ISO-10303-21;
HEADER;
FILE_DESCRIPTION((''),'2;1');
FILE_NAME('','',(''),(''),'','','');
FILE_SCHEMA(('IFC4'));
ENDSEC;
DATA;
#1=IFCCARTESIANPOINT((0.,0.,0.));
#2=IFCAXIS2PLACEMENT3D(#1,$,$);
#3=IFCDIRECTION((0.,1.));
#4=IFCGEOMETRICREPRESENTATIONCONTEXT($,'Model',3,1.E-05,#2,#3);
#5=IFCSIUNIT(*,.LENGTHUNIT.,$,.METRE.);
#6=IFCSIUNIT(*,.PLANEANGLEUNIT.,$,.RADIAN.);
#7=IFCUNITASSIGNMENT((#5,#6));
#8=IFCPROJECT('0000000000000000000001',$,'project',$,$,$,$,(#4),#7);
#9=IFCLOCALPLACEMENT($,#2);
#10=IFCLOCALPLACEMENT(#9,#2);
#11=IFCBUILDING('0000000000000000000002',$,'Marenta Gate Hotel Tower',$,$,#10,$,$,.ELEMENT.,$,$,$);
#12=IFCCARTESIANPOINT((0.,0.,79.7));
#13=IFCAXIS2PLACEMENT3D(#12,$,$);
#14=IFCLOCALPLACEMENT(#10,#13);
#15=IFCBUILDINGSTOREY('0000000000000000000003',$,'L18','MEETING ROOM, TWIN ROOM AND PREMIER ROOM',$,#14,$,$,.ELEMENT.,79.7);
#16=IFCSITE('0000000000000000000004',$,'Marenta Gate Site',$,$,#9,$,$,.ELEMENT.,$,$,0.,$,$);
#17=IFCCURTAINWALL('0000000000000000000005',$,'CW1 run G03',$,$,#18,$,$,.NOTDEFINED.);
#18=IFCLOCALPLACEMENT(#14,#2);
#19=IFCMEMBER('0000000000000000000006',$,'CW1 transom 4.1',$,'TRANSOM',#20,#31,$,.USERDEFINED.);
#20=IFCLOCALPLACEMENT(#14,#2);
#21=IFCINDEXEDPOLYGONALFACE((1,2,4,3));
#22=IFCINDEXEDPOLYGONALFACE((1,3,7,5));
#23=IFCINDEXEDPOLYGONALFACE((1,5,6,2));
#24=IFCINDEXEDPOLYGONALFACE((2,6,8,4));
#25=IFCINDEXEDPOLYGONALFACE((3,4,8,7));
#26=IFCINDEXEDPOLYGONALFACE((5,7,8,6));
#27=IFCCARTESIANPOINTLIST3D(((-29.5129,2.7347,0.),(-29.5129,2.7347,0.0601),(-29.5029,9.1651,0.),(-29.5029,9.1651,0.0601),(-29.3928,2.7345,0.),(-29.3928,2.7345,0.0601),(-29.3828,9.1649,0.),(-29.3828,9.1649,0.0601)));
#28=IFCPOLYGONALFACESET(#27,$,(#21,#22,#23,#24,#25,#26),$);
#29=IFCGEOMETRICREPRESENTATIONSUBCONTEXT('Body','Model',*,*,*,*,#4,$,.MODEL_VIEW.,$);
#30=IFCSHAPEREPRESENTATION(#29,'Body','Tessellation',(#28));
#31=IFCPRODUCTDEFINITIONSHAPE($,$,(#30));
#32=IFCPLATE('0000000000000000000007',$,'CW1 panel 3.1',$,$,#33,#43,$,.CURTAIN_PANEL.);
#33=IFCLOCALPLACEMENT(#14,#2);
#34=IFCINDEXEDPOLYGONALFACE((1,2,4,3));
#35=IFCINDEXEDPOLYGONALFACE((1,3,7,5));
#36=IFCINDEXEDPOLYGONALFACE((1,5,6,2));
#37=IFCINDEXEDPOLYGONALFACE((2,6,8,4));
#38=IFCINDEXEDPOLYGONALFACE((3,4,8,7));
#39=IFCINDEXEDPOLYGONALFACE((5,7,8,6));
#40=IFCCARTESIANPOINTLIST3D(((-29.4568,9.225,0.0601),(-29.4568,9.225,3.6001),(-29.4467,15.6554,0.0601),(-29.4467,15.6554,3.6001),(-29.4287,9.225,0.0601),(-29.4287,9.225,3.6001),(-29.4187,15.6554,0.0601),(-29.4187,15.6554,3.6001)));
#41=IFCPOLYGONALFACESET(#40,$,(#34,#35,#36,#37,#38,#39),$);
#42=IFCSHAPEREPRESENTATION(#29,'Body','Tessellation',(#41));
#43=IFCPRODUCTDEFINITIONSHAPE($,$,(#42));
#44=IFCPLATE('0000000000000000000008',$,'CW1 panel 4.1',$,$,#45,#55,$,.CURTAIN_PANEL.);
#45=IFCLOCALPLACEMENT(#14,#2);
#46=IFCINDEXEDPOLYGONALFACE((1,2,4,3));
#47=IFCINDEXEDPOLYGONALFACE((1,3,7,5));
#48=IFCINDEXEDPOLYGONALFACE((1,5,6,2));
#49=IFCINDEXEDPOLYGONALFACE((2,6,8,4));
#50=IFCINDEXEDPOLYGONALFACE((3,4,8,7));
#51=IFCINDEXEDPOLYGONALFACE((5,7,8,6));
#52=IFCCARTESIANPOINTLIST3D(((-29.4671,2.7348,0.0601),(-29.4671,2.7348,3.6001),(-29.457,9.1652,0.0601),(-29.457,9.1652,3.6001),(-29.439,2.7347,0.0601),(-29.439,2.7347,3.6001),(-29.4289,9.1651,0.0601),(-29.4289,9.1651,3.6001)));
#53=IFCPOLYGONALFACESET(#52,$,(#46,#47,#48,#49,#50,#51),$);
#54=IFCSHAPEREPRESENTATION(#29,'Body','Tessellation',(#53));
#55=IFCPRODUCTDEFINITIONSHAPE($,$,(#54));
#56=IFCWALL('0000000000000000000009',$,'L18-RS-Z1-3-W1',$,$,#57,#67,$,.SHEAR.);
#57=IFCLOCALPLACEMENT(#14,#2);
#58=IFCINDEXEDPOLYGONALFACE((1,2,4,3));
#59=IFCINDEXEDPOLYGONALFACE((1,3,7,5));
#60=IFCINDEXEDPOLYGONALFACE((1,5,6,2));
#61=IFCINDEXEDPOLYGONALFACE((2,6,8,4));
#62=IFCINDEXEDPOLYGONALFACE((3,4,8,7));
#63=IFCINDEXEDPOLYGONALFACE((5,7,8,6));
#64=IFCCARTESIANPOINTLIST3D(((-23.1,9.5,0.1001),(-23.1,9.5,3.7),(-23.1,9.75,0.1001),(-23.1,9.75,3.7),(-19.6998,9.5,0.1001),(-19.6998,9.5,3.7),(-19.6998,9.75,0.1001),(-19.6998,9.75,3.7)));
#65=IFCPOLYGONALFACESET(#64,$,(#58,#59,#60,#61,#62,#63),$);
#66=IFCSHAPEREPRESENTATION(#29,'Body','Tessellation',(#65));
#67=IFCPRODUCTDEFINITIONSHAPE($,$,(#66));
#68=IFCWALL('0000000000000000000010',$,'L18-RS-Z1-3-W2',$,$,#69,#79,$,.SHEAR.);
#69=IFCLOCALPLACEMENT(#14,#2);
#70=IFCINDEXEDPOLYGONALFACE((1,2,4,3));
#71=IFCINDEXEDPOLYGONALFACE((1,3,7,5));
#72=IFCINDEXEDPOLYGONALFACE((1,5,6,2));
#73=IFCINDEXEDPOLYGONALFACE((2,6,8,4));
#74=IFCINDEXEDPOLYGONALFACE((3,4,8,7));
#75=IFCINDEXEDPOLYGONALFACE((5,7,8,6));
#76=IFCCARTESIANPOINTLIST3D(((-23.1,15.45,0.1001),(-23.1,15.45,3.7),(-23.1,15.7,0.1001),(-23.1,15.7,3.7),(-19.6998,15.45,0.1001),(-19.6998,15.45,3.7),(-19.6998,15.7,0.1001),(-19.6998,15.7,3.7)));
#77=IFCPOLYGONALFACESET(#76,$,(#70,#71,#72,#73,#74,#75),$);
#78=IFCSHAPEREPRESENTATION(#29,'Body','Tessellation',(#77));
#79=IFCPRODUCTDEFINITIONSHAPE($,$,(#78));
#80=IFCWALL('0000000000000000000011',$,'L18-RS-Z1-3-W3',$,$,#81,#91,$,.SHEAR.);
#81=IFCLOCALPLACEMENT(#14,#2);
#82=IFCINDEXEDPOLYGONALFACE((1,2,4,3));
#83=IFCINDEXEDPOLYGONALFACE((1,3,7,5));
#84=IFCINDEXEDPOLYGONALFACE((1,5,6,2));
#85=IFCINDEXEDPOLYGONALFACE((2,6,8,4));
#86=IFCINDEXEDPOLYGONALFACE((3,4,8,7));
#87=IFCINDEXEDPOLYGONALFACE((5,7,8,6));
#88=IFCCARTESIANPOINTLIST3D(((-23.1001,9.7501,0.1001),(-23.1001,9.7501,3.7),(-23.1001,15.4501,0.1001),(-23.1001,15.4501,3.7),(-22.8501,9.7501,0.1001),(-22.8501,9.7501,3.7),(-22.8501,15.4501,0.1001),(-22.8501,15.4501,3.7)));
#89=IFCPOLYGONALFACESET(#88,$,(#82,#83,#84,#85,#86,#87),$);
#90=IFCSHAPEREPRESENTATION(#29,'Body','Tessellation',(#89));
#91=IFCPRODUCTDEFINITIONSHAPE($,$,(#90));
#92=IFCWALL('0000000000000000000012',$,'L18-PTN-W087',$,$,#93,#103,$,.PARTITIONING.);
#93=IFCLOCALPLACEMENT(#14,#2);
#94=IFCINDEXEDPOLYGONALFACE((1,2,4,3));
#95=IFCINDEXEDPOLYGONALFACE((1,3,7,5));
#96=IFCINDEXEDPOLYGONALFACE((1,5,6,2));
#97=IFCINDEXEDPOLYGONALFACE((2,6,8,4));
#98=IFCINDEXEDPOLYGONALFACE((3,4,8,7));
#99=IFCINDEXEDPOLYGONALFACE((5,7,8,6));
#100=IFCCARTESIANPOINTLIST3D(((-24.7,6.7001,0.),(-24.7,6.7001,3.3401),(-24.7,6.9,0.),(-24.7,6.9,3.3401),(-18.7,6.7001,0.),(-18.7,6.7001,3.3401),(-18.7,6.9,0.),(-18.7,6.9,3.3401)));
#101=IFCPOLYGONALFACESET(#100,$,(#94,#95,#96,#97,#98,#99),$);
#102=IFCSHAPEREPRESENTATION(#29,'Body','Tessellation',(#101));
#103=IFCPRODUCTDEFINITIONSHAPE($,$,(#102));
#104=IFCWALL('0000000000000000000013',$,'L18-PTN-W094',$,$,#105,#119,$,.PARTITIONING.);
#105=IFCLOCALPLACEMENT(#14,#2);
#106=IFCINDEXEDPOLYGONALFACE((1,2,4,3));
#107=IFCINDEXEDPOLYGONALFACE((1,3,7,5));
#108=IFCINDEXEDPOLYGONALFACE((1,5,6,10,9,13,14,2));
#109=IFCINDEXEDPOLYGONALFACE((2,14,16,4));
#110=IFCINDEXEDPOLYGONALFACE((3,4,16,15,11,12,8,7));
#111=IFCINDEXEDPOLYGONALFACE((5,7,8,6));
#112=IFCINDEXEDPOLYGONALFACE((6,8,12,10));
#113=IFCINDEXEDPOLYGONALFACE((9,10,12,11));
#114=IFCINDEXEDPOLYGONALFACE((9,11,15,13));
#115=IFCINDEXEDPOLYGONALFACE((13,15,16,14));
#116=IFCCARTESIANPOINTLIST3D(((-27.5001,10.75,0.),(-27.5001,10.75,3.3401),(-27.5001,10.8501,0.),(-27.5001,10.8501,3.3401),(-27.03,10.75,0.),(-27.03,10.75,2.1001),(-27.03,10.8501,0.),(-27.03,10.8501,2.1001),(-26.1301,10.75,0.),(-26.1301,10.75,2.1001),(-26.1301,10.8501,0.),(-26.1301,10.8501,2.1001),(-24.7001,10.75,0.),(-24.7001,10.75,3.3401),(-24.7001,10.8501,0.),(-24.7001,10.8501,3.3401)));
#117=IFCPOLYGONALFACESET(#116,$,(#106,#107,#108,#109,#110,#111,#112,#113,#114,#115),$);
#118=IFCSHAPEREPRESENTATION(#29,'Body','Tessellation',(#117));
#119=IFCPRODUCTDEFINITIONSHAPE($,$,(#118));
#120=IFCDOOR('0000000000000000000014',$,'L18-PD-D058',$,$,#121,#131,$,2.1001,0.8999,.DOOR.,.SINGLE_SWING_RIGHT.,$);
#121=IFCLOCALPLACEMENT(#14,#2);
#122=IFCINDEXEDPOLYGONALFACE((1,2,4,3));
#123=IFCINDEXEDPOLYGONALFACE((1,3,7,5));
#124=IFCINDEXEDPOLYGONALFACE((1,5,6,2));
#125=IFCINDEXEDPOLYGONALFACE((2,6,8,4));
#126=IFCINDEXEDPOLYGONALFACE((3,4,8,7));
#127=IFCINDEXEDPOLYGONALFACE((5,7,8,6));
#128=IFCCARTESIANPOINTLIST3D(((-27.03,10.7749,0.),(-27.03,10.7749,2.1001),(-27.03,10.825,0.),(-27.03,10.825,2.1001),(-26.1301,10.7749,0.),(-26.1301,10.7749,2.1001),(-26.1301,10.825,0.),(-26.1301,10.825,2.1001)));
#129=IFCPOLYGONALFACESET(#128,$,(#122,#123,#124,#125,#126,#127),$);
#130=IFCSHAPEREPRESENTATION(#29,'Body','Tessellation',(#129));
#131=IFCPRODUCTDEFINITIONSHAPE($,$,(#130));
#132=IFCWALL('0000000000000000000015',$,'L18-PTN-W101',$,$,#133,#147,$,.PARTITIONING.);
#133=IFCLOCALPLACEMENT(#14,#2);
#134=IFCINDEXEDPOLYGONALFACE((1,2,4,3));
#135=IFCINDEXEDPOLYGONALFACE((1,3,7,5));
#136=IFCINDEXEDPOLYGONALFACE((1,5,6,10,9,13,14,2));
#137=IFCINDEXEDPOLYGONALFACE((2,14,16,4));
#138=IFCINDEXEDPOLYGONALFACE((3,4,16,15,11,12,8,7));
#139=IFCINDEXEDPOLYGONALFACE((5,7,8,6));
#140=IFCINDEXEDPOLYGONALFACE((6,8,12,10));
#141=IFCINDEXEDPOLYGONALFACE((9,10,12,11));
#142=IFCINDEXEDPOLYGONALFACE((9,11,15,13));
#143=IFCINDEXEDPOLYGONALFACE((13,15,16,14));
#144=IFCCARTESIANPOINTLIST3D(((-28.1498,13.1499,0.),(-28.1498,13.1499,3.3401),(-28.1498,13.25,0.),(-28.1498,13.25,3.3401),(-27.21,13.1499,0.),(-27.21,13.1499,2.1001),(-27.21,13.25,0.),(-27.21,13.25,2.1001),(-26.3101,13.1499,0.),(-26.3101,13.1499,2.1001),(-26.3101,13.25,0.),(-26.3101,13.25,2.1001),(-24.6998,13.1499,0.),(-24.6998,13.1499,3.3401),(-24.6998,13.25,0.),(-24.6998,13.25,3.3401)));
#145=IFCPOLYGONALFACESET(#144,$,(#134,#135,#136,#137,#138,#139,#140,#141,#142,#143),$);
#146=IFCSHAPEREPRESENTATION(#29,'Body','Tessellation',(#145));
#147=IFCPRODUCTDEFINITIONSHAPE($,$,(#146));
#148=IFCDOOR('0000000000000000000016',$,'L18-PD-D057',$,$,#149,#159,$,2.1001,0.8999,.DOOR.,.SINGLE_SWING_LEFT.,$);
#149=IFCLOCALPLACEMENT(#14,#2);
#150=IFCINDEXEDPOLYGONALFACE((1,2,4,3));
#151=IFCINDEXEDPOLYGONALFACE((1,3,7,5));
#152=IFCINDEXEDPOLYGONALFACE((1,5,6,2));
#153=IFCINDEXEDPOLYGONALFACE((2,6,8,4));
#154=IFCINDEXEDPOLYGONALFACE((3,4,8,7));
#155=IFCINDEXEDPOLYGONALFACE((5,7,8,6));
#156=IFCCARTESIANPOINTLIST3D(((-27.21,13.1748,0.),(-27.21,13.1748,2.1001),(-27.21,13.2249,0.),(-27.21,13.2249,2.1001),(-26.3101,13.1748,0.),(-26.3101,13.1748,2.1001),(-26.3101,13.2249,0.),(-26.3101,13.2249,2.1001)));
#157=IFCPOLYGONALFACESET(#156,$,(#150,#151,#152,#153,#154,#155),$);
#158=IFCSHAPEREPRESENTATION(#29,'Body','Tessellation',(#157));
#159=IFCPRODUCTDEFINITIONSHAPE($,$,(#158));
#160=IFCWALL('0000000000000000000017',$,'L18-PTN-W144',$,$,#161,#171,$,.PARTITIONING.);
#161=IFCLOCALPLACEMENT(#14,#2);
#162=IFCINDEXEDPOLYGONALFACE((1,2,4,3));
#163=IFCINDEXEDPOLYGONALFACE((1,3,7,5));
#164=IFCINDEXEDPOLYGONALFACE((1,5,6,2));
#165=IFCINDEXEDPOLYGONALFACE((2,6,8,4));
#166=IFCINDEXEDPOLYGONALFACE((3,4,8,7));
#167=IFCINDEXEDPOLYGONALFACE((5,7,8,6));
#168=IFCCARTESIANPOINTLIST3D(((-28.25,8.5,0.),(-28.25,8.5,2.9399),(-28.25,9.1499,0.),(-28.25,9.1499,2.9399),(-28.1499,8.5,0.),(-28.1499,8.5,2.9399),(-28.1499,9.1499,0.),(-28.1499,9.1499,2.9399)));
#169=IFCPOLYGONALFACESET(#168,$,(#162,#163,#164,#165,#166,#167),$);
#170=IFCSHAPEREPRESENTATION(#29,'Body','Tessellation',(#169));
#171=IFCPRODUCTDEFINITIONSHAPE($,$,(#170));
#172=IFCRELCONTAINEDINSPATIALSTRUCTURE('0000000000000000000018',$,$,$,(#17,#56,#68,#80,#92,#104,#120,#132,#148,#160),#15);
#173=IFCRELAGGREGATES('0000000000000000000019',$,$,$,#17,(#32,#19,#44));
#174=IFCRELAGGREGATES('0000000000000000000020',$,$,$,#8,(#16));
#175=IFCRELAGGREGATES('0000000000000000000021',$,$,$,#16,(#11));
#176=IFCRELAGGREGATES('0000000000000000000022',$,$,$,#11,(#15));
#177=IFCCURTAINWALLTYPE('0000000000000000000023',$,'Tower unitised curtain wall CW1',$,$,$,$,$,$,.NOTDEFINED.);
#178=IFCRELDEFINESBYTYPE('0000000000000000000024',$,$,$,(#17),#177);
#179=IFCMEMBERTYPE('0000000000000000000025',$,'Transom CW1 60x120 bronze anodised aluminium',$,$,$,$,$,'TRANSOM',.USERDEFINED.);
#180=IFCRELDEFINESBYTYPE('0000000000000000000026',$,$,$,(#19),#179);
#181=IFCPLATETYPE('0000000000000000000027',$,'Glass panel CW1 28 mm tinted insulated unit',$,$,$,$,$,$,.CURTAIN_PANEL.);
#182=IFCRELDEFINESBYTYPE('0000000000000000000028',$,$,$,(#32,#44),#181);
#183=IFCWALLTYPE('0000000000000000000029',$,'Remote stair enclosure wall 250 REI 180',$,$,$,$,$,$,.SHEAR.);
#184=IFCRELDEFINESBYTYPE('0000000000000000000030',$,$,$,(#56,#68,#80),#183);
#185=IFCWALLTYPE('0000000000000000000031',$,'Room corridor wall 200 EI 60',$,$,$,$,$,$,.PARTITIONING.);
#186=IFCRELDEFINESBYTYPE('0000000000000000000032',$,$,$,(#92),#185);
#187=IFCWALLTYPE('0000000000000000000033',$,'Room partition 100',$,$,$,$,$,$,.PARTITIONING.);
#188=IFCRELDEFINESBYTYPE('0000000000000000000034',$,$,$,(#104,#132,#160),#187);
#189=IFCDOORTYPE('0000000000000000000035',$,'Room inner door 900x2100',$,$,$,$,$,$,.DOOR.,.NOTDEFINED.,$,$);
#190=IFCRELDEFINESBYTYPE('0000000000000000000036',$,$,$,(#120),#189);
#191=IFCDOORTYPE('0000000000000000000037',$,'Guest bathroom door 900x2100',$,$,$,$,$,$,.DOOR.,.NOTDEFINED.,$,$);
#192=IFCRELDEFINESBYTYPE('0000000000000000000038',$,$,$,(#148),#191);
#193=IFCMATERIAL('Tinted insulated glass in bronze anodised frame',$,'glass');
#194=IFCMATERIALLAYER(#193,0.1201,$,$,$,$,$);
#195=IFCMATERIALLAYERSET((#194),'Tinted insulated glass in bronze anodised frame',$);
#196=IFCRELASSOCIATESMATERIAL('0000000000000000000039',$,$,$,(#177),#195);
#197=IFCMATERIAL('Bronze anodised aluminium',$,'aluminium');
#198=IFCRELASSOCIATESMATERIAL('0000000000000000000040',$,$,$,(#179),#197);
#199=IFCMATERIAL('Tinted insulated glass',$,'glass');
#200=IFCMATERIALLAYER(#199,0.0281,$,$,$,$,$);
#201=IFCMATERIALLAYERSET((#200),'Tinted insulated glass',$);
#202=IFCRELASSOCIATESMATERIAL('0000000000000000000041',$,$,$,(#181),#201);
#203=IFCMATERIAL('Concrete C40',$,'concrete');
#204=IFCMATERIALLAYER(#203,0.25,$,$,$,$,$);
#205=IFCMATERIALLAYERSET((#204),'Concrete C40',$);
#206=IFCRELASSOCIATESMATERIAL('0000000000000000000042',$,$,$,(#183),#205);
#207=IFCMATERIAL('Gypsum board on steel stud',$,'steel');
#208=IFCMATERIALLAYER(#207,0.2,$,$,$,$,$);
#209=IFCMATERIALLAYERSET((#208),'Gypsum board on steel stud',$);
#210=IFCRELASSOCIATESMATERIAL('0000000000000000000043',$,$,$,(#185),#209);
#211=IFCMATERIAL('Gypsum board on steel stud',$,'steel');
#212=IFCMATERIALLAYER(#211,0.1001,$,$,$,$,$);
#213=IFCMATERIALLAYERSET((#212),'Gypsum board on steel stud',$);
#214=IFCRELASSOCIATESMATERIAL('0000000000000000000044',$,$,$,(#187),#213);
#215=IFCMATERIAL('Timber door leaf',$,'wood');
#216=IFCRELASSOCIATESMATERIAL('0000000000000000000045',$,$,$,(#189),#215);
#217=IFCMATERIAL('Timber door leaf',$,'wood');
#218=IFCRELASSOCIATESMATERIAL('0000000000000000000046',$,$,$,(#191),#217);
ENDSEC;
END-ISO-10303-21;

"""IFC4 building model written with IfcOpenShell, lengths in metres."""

from ifc_helpers import new_model, si_unit, direction, frame, frame_2d, origin, origin_2d, place, context, subcontext, project, spatial, rectangle, extrude, material, layer, layer_set, material_profile, profile_set, type_object, element, fill, aggregate, save


model = new_model("IFC4")

# Units and contexts
model_context = context("Model", 3, precision=1e-05, world=origin(), true_north=direction((0.0, 1.0)))
body_context = subcontext(model_context, "Body", "Model", "MODEL_VIEW")
ifc_project = project(units=[si_unit("LENGTHUNIT", "METRE"), si_unit("PLANEANGLEUNIT", "RADIAN")], contexts=[model_context])

# Site, building, storey
site_placement = place(None, origin())
site = spatial("IfcSite", under=ifc_project, at=site_placement, Name="Marenta Gate Site", CompositionType="ELEMENT", RefElevation=0.0)
building_placement = place(site_placement, origin())
building = spatial("IfcBuilding", under=site, at=building_placement, Name="Marenta Gate Hotel Tower", CompositionType="ELEMENT")
storey_placement = place(building_placement, frame((0.0, 0.0, 79.7)))
storey = spatial("IfcBuildingStorey", under=building, at=storey_placement, Name="L18", Description="MEETING ROOM, TWIN ROOM AND PREMIER ROOM", CompositionType="ELEMENT", Elevation=79.7)

# Curtain wall, member, plates
ifc_material_1 = material(Name="Tinted insulated glass in bronze anodised frame", Category="glass")
ifc_layer_1 = layer(ifc_material_1, 0.1201)
ifc_layer_set_1 = layer_set([ifc_layer_1], Name="Tinted insulated glass in bronze anodised frame")
curtain_wall_type = type_object("IfcCurtainWallType", Name="Tower unitised curtain wall CW1", PredefinedType="NOTDEFINED", material=ifc_layer_set_1)
curtain_wall_placement = place(storey_placement, origin())
curtain_wall = element("IfcCurtainWall", 1, at=curtain_wall_placement, inside=storey, type_object=curtain_wall_type, Name="CW1 run G03", PredefinedType="NOTDEFINED")
ifc_material_2 = material(Name="Bronze anodised aluminium", Category="aluminium")
ifc_material_profile_1 = material_profile(ifc_material_2, rectangle(XDim=0.1201, YDim=0.0601, at=origin_2d()), Name="Transom CW1 60x120 bronze anodised aluminium")
ifc_profile_set_1 = profile_set([ifc_material_profile_1], Name="Bronze anodised aluminium")
member_type_1 = type_object("IfcMemberType", Name="Transom CW1 60x120 bronze anodised aluminium", ElementType="TRANSOM", PredefinedType="USERDEFINED", material=ifc_profile_set_1)
member_1_placement = place(storey_placement, frame((-29.4429, 9.165, 0.03), z_axis=(-0.001557, -0.999999, 0.0), x_axis=(0.999999, -0.001557, 0.0)))
member_1 = element("IfcMember", 2, at=member_1_placement, type_object=member_type_1, Name="CW1 transom 4.1", ObjectType="TRANSOM", PredefinedType="USERDEFINED", context=body_context, shape_type="SweptSolid", body=[
    extrude(rectangle(XDim=0.1201, YDim=0.0601, at=origin_2d()), origin(), (0.0, 0.0, 1.0), 6.4304),
])
ifc_material_3 = material(Name="Tinted insulated glass", Category="glass")
ifc_layer_2 = layer(ifc_material_3, 0.0281)
ifc_layer_set_2 = layer_set([ifc_layer_2], Name="Tinted insulated glass")
plate_type = type_object("IfcPlateType", Name="Glass panel CW1 28 mm tinted insulated unit", PredefinedType="CURTAIN_PANEL", material=ifc_layer_set_2)
plate_1_placement = place(storey_placement, frame((-29.4377, 12.4402, 0.0601), z_axis=(0.0, 0.0, 1.0), x_axis=(-0.001566, -0.999999, 0.0)))
plate_1 = element("IfcPlate", 3, at=plate_1_placement, type_object=plate_type, Name="CW1 panel 3.1", PredefinedType="CURTAIN_PANEL", context=body_context, shape_type="SweptSolid", body=[
    extrude(rectangle(XDim=6.4304, YDim=0.0281, at=origin_2d()), origin(), (0.0, 0.0, 1.0), 3.54),
])
plate_2_placement = place(storey_placement, frame((-29.448, 5.95, 0.0601), z_axis=(0.0, 0.0, 1.0), x_axis=(-0.001566, -0.999999, 0.0)))
plate_2 = element("IfcPlate", 4, at=plate_2_placement, type_object=plate_type, Name="CW1 panel 4.1", PredefinedType="CURTAIN_PANEL", context=body_context, shape_type="SweptSolid", body=[
    extrude(rectangle(XDim=6.4304, YDim=0.0281, at=origin_2d()), origin(), (0.0, 0.0, 1.0), 3.54),
])
aggregate(curtain_wall, [plate_1, member_1, plate_2])

# Walls
ifc_material_4 = material(Name="Concrete C40", Category="concrete")
ifc_layer_3 = layer(ifc_material_4, 0.25)
ifc_layer_set_3 = layer_set([ifc_layer_3], Name="Concrete C40")
wall_type_1 = type_object("IfcWallType", Name="Remote stair enclosure wall 250 REI 180", PredefinedType="SHEAR", material=ifc_layer_set_3)
for number, where, z_axis, x_axis, name in (
    (5, (-23.1001, 9.625, 0.1001), (0.0, 0.0, 1.0), (1.0, 0.0, 0.0), "L18-RS-Z1-3-W1"),
    (6, (-23.1001, 15.575, 0.1001), (0.0, 0.0, 1.0), (1.0, 0.0, 0.0), "L18-RS-Z1-3-W2"),
):
    element("IfcWall", number, at=place(storey_placement, frame(where, z_axis=z_axis, x_axis=x_axis)), inside=storey, type_object=wall_type_1, Name=name, PredefinedType="SHEAR", context=body_context, shape_type="SweptSolid", body=[
        extrude(rectangle(XDim=3.4001, YDim=0.25, at=frame_2d((1.7002, 0.0))), origin(), (0.0, 0.0, 1.0), 3.5999),
    ])
wall_1_placement = place(storey_placement, frame((-22.9751, 9.75, 0.1001), z_axis=(0.0, 0.0, 1.0), x_axis=(0.0, 1.0, 0.0)))
element("IfcWall", 7, at=wall_1_placement, inside=storey, type_object=wall_type_1, Name="L18-RS-Z1-3-W3", PredefinedType="SHEAR", context=body_context, shape_type="SweptSolid", body=[
    extrude(rectangle(XDim=5.7, YDim=0.25, at=frame_2d((2.8501, 0.0))), origin(), (0.0, 0.0, 1.0), 3.5999),
])
ifc_material_5 = material(Name="Gypsum board on steel stud", Category="steel")
ifc_layer_4 = layer(ifc_material_5, 0.2)
ifc_layer_set_4 = layer_set([ifc_layer_4], Name="Gypsum board on steel stud")
wall_type_2 = type_object("IfcWallType", Name="Room corridor wall 200 EI 60", PredefinedType="PARTITIONING", material=ifc_layer_set_4)
wall_2_placement = place(storey_placement, frame((-24.7, 6.8, 0.0), z_axis=(0.0, 0.0, 1.0), x_axis=(1.0, 0.0, 0.0)))
element("IfcWall", 8, at=wall_2_placement, inside=storey, type_object=wall_type_2, Name="L18-PTN-W087", PredefinedType="PARTITIONING", context=body_context, shape_type="SweptSolid", body=[
    extrude(rectangle(XDim=6.0, YDim=0.2, at=frame_2d((3.0, 0.0))), origin(), (0.0, 0.0, 1.0), 3.3401),
])

# Walls, openings, doors
ifc_material_6 = material(Name="Gypsum board on steel stud", Category="steel")
ifc_layer_5 = layer(ifc_material_6, 0.1001)
ifc_layer_set_5 = layer_set([ifc_layer_5], Name="Gypsum board on steel stud")
wall_type_3 = type_object("IfcWallType", Name="Room partition 100", PredefinedType="PARTITIONING", material=ifc_layer_set_5)
wall_3_placement = place(storey_placement, frame((-27.5, 10.8, 0.0), z_axis=(0.0, 0.0, 1.0), x_axis=(1.0, 0.0, 0.0)))
wall_3 = element("IfcWall", 9, at=wall_3_placement, inside=storey, type_object=wall_type_3, Name="L18-PTN-W094", PredefinedType="PARTITIONING", context=body_context, shape_type="SweptSolid", body=[
    extrude(rectangle(XDim=2.8, YDim=0.1001, at=frame_2d((1.3999, 0.0))), origin(), (0.0, 0.0, 1.0), 3.3401),
])
opening_1_placement = place(wall_3_placement, frame((0.47, 0.0, 0.0)))
opening_1 = element("IfcOpeningElement", 10, at=opening_1_placement, cuts=wall_3, PredefinedType="OPENING", context=body_context, shape_type="SweptSolid", body=[
    extrude(rectangle(XDim=0.8999, YDim=2.1001, at=frame_2d((0.45, 1.05))), frame((0.0, 0.05, 0.0), z_axis=(0.0, -1.0, 0.0), x_axis=(1.0, 0.0, 0.0)), (0.0, 0.0, 1.0), 0.1001),
])
ifc_material_7 = material(Name="Timber door leaf", Category="wood")
door_type_1 = type_object("IfcDoorType", Name="Room inner door 900x2100", OperationType="NOTDEFINED", PredefinedType="DOOR", material=ifc_material_7)
door_1_placement = place(opening_1_placement, origin())
door_1 = element("IfcDoor", 11, at=door_1_placement, inside=storey, type_object=door_type_1, Name="L18-PD-D058", OperationType="SINGLE_SWING_RIGHT", OverallHeight=2.1001, OverallWidth=0.8999, PredefinedType="DOOR", context=body_context, shape_type="SweptSolid", body=[
    extrude(rectangle(XDim=0.8999, YDim=2.1001, at=frame_2d((0.45, 1.05))), frame((0.0, 0.0249, 0.0), z_axis=(0.0, -1.0, 0.0), x_axis=(1.0, 0.0, 0.0)), (0.0, 0.0, 1.0), 0.05),
])
fill(opening_1, door_1)
wall_4_placement = place(storey_placement, frame((-28.1499, 13.2, 0.0), z_axis=(0.0, 0.0, 1.0), x_axis=(1.0, 0.0, 0.0)))
wall_4 = element("IfcWall", 12, at=wall_4_placement, inside=storey, type_object=wall_type_3, Name="L18-PTN-W101", PredefinedType="PARTITIONING", context=body_context, shape_type="SweptSolid", body=[
    extrude(rectangle(XDim=3.45, YDim=0.1001, at=frame_2d((1.7251, 0.0))), origin(), (0.0, 0.0, 1.0), 3.3401),
])
opening_2_placement = place(wall_4_placement, frame((0.9399, 0.0, 0.0)))
opening_2 = element("IfcOpeningElement", 13, at=opening_2_placement, cuts=wall_4, PredefinedType="OPENING", context=body_context, shape_type="SweptSolid", body=[
    extrude(rectangle(XDim=0.8999, YDim=2.1001, at=frame_2d((0.45, 1.05))), frame((0.0, 0.05, 0.0), z_axis=(0.0, -1.0, 0.0), x_axis=(1.0, 0.0, 0.0)), (0.0, 0.0, 1.0), 0.1001),
])
ifc_material_8 = material(Name="Timber door leaf", Category="wood")
door_type_2 = type_object("IfcDoorType", Name="Guest bathroom door 900x2100", OperationType="NOTDEFINED", PredefinedType="DOOR", material=ifc_material_8)
door_2_placement = place(opening_2_placement, origin())
door_2 = element("IfcDoor", 14, at=door_2_placement, inside=storey, type_object=door_type_2, Name="L18-PD-D057", OperationType="SINGLE_SWING_LEFT", OverallHeight=2.1001, OverallWidth=0.8999, PredefinedType="DOOR", context=body_context, shape_type="SweptSolid", body=[
    extrude(rectangle(XDim=0.8999, YDim=2.1001, at=frame_2d((0.45, 1.05))), frame((0.0, 0.0249, 0.0), z_axis=(0.0, -1.0, 0.0), x_axis=(1.0, 0.0, 0.0)), (0.0, 0.0, 1.0), 0.05),
])
fill(opening_2, door_2)

# Wall
wall_5_placement = place(storey_placement, frame((-28.2, 8.5, 0.0), z_axis=(0.0, 0.0, 1.0), x_axis=(0.0, 1.0, 0.0)))
element("IfcWall", 15, at=wall_5_placement, inside=storey, type_object=wall_type_3, Name="L18-PTN-W144", PredefinedType="PARTITIONING", context=body_context, shape_type="SweptSolid", body=[
    extrude(rectangle(XDim=0.6499, YDim=0.1001, at=frame_2d((0.325, 0.0))), origin(), (0.0, 0.0, 1.0), 2.9399),
])

save(model, "model.ifc")
